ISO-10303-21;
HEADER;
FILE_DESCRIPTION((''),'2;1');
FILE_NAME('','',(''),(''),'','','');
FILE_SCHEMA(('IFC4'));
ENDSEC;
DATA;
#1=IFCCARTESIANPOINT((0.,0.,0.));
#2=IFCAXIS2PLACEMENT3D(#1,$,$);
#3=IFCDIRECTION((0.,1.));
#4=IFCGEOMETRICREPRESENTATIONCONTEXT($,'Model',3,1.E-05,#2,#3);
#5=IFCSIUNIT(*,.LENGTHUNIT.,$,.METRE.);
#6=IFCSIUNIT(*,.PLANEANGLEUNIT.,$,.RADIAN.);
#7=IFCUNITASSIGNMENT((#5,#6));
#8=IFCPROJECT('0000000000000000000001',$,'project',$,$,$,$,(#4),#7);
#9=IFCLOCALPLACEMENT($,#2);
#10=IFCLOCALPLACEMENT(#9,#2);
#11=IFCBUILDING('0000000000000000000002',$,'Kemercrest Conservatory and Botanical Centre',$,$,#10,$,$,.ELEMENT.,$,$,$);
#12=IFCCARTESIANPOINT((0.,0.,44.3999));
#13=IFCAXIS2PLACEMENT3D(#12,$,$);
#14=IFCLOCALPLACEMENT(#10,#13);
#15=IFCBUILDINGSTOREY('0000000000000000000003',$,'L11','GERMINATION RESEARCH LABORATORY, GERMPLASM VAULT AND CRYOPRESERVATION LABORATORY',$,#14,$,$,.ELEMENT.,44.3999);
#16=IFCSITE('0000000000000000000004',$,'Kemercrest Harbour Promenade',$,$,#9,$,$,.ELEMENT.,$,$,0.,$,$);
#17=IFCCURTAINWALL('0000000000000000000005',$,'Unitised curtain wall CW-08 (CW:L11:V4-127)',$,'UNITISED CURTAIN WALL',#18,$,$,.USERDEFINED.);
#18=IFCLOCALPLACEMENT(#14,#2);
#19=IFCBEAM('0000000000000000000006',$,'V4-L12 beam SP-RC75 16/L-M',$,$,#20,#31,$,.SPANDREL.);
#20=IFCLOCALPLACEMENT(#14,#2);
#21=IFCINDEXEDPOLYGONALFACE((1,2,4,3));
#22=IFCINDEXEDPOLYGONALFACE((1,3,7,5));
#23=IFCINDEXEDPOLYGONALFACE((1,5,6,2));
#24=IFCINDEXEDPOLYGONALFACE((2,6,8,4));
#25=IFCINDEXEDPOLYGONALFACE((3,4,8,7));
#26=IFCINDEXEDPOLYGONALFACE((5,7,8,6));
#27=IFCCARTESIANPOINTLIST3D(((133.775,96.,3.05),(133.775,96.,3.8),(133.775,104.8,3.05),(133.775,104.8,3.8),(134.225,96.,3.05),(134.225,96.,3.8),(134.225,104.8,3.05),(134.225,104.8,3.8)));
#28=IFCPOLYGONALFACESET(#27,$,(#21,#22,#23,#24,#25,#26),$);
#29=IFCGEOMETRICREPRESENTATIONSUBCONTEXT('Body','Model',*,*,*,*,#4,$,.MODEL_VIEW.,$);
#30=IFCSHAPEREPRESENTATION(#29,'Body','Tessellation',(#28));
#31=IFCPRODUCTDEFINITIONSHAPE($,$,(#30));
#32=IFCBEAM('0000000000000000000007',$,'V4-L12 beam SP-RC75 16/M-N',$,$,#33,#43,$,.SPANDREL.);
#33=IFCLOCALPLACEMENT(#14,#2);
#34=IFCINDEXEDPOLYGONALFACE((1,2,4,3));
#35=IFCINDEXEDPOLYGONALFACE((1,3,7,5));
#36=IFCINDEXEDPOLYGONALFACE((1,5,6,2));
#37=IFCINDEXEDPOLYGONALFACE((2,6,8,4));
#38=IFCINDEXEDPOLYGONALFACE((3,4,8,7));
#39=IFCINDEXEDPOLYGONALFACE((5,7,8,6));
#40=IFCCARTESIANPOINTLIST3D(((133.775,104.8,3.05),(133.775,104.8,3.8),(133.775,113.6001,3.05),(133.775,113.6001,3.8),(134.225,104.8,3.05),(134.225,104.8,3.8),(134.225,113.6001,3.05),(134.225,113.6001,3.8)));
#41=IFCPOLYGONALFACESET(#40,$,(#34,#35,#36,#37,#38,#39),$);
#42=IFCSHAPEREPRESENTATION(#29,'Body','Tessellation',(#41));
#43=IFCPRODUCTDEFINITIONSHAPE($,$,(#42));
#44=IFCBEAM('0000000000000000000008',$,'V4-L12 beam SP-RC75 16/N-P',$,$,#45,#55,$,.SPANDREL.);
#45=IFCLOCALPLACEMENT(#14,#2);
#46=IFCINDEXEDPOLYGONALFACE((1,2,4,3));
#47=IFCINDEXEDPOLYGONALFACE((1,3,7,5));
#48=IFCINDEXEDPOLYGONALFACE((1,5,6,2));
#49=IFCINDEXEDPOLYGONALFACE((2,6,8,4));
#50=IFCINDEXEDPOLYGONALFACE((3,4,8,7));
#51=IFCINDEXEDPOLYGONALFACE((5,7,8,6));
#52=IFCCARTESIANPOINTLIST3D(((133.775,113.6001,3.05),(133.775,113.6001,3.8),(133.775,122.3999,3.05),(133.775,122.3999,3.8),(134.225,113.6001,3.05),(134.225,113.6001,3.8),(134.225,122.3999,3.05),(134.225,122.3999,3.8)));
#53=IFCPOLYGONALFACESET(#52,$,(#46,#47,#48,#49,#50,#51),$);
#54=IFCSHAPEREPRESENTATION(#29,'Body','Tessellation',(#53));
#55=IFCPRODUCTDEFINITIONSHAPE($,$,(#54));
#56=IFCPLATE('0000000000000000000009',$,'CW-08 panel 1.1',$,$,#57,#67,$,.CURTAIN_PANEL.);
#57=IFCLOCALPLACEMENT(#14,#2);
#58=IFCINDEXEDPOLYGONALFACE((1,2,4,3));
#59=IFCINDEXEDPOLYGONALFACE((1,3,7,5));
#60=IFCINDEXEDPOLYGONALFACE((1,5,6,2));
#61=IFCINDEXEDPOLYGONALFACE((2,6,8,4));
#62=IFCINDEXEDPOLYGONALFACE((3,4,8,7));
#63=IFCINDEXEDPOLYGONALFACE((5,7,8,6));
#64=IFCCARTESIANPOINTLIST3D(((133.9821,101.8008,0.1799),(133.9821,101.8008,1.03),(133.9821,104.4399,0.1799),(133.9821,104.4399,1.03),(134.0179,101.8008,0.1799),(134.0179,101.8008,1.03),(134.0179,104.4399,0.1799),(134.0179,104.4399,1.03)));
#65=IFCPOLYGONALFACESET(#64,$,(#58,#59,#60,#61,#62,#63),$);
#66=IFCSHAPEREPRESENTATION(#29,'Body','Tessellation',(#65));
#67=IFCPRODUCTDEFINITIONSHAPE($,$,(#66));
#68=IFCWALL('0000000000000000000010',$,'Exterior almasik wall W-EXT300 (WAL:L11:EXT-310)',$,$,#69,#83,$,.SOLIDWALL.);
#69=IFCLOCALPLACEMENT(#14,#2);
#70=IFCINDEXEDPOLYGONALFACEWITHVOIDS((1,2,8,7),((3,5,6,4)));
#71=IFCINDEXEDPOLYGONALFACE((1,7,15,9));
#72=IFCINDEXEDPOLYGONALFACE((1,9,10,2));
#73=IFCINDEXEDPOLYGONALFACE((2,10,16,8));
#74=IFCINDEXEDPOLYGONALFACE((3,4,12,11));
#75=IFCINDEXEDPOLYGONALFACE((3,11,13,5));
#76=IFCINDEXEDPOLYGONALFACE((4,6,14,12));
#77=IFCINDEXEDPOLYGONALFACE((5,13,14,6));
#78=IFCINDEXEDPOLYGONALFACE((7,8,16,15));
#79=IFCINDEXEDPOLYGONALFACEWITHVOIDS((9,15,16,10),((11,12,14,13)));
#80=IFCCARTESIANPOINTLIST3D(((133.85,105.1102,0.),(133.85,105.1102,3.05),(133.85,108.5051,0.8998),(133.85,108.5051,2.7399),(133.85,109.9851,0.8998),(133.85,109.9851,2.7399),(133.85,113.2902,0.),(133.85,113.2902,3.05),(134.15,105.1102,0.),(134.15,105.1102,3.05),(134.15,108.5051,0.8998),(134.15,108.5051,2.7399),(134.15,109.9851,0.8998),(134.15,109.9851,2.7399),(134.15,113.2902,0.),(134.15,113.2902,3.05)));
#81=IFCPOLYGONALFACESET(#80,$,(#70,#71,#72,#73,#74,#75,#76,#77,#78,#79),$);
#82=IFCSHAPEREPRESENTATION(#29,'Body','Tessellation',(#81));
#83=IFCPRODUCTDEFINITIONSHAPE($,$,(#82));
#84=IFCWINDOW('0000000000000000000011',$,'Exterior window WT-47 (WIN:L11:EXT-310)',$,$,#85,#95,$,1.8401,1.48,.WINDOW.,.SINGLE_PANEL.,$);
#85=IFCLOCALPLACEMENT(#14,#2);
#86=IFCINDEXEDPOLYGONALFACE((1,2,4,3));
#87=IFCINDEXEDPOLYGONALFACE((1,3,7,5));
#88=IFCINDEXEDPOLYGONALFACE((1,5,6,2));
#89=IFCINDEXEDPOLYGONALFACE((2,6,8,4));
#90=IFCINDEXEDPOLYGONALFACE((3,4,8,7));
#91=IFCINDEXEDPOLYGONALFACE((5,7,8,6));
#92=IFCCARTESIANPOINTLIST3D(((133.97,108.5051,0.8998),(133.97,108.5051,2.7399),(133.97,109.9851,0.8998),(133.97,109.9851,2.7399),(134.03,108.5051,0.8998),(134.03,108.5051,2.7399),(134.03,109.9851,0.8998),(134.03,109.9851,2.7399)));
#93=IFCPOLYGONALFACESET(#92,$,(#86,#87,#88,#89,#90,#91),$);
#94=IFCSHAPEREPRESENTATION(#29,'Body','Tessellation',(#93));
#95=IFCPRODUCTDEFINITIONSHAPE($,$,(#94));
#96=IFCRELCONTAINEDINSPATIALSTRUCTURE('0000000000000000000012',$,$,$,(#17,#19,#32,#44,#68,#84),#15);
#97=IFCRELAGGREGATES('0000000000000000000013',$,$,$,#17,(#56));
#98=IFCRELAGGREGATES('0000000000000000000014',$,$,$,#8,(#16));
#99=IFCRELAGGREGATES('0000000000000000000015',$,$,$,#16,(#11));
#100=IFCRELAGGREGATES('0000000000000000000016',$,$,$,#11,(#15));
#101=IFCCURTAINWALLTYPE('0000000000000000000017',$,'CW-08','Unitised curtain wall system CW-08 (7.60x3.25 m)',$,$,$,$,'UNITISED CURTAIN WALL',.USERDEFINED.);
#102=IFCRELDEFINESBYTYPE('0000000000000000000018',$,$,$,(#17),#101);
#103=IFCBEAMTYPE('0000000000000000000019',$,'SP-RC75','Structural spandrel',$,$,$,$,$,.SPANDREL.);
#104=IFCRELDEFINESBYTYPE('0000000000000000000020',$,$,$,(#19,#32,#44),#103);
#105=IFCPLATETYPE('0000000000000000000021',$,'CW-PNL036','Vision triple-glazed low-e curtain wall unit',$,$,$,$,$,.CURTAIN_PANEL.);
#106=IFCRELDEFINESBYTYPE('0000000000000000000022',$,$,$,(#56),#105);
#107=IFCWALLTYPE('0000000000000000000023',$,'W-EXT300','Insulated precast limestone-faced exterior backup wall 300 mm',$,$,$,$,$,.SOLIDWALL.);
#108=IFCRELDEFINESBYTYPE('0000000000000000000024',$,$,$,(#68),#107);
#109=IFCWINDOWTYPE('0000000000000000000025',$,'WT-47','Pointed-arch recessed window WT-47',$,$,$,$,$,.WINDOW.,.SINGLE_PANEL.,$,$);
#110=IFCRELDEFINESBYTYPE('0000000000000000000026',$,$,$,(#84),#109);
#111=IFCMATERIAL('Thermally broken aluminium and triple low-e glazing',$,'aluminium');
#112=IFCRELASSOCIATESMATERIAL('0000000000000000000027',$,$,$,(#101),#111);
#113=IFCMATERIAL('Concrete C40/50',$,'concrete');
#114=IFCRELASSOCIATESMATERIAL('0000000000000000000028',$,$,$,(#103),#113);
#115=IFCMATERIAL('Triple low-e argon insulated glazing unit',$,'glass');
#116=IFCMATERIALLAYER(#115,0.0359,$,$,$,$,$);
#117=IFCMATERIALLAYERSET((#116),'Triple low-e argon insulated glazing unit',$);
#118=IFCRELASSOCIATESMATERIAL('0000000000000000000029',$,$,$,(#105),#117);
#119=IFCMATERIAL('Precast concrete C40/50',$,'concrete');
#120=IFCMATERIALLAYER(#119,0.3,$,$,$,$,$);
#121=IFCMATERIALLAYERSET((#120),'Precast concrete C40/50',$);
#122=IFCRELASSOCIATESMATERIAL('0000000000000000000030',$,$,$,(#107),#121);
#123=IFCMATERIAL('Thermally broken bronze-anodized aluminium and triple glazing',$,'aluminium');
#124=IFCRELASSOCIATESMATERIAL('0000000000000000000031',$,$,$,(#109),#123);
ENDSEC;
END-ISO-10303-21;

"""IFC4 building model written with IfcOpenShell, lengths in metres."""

from ifc_helpers import new_model, si_unit, direction, frame, frame_2d, origin, origin_2d, place, context, subcontext, project, spatial, rectangle, extrude, material, layer, layer_set, material_profile, profile_set, type_object, element, fill, aggregate, save


model = new_model("IFC4")

# Units and contexts
model_context = context("Model", 3, precision=1e-05, world=origin(), true_north=direction((0.0, 1.0)))
body_context = subcontext(model_context, "Body", "Model", "MODEL_VIEW")
ifc_project = project(units=[si_unit("LENGTHUNIT", "METRE"), si_unit("PLANEANGLEUNIT", "RADIAN")], contexts=[model_context])

# Site, building, storey
site_placement = place(None, origin())
site = spatial("IfcSite", under=ifc_project, at=site_placement, Name="Kemercrest Harbour Promenade", CompositionType="ELEMENT", RefElevation=0.0)
building_placement = place(site_placement, origin())
building = spatial("IfcBuilding", under=site, at=building_placement, Name="Kemercrest Conservatory and Botanical Centre", CompositionType="ELEMENT")
storey_placement = place(building_placement, frame((0.0, 0.0, 44.3999)))
storey = spatial("IfcBuildingStorey", under=building, at=storey_placement, Name="L11", Description="GERMINATION RESEARCH LABORATORY, GERMPLASM VAULT AND CRYOPRESERVATION LABORATORY", CompositionType="ELEMENT", Elevation=44.3999)

# Shared definitions
ifc_material_1 = material(Name="Concrete C40/50", Category="concrete")

# Curtain wall
ifc_material_2 = material(Name="Thermally broken aluminium and triple low-e glazing", Category="aluminium")
curtain_wall_type = type_object("IfcCurtainWallType", Name="CW-08", Description="Unitised curtain wall system CW-08 (7.60x3.25 m)", ElementType="UNITISED CURTAIN WALL", PredefinedType="USERDEFINED", material=ifc_material_2)
curtain_wall_placement = place(storey_placement, origin())
curtain_wall = element("IfcCurtainWall", 1, at=curtain_wall_placement, inside=storey, type_object=curtain_wall_type, Name="Unitised curtain wall CW-08 (CW:L11:V4-127)", ObjectType="UNITISED CURTAIN WALL", PredefinedType="USERDEFINED")

# Beams
ifc_material_profile_1 = material_profile(ifc_material_1, rectangle(XDim=0.45, YDim=0.75, at=origin_2d()), Name="RC 450x750")
ifc_profile_set_1 = profile_set([ifc_material_profile_1], Name="Concrete C40/50")
beam_type_1 = type_object("IfcBeamType", Name="SP-RC75", Description="Structural spandrel", PredefinedType="SPANDREL", material=ifc_profile_set_1)
for number, where, z_axis, x_axis, name in (
    (2, (134.0, 96.0, 3.425), (0.0, 1.0, 0.0), (-1.0, 0.0, 0.0), "V4-L12 beam SP-RC75 16/L-M"),
    (3, (134.0, 104.8, 3.425), (0.0, 1.0, 0.0), (-1.0, 0.0, 0.0), "V4-L12 beam SP-RC75 16/M-N"),
):
    element("IfcBeam", number, at=place(storey_placement, frame(where, z_axis=z_axis, x_axis=x_axis)), inside=storey, type_object=beam_type_1, Name=name, PredefinedType="SPANDREL", context=body_context, shape_type="SweptSolid", body=[
        extrude(rectangle(XDim=0.45, YDim=0.75, at=origin_2d()), origin(), (0.0, 0.0, 1.0), 8.8),
    ])
beam_1_placement = place(storey_placement, frame((134.0, 113.6001, 3.425), z_axis=(0.0, 1.0, 0.0), x_axis=(-1.0, 0.0, 0.0)))
element("IfcBeam", 4, at=beam_1_placement, inside=storey, type_object=beam_type_1, Name="V4-L12 beam SP-RC75 16/N-P", PredefinedType="SPANDREL", context=body_context, shape_type="SweptSolid", body=[
    extrude(rectangle(XDim=0.45, YDim=0.75, at=origin_2d()), origin(), (0.0, 0.0, 1.0), 8.7998),
])

# Plate
ifc_material_3 = material(Name="Triple low-e argon insulated glazing unit", Category="glass")
ifc_layer_1 = layer(ifc_material_3, 0.0359)
ifc_layer_set_1 = layer_set([ifc_layer_1], Name="Triple low-e argon insulated glazing unit")
plate_type = type_object("IfcPlateType", Name="CW-PNL036", Description="Vision triple-glazed low-e curtain wall unit", PredefinedType="CURTAIN_PANEL", material=ifc_layer_set_1)
plate_placement = place(storey_placement, frame((134.0, 103.1204, 0.1799), z_axis=(0.0, 0.0, 1.0), x_axis=(0.0, -1.0, 0.0)))
plate = element("IfcPlate", 5, at=plate_placement, type_object=plate_type, Name="CW-08 panel 1.1", PredefinedType="CURTAIN_PANEL", context=body_context, shape_type="SweptSolid", body=[
    extrude(rectangle(XDim=2.6392, YDim=0.0359, at=origin_2d()), origin(), (0.0, 0.0, 1.0), 0.8501),
])
aggregate(curtain_wall, [plate])

# Wall, opening, window
ifc_material_4 = material(Name="Precast concrete C40/50", Category="concrete")
ifc_layer_2 = layer(ifc_material_4, 0.3)
ifc_layer_set_2 = layer_set([ifc_layer_2], Name="Precast concrete C40/50")
wall_type = type_object("IfcWallType", Name="W-EXT300", Description="Insulated precast limestone-faced exterior backup wall 300 mm", PredefinedType="SOLIDWALL", material=ifc_layer_set_2)
wall_placement = place(storey_placement, frame((134.0, 113.29, 0.0), z_axis=(0.0, 0.0, 1.0), x_axis=(0.0, -1.0, 0.0)))
wall = element("IfcWall", 6, at=wall_placement, inside=storey, type_object=wall_type, Name="Exterior almasik wall W-EXT300 (WAL:L11:EXT-310)", PredefinedType="SOLIDWALL", context=body_context, shape_type="SweptSolid", body=[
    extrude(rectangle(XDim=8.1799, YDim=0.3, at=frame_2d((4.0898, 0.0))), origin(), (0.0, 0.0, 1.0), 3.05),
])
opening_placement = place(wall_placement, frame((3.3049, 0.0, 0.8999)))
opening = element("IfcOpeningElement", 7, at=opening_placement, cuts=wall, PredefinedType="OPENING", context=body_context, shape_type="SweptSolid", body=[
    extrude(rectangle(XDim=1.48, YDim=1.8401, at=frame_2d((0.74, 0.9199))), frame((0.0, 0.1602, 0.0), z_axis=(0.0, -1.0, 0.0), x_axis=(1.0, 0.0, 0.0)), (0.0, 0.0, 1.0), 0.3201),
])
ifc_material_5 = material(Name="Thermally broken bronze-anodized aluminium and triple glazing", Category="aluminium")
window_type = type_object("IfcWindowType", Name="WT-47", Description="Pointed-arch recessed window WT-47", PartitioningType="SINGLE_PANEL", PredefinedType="WINDOW", material=ifc_material_5)
window_placement = place(opening_placement, origin())
window = element("IfcWindow", 8, at=window_placement, inside=storey, type_object=window_type, Name="Exterior window WT-47 (WIN:L11:EXT-310)", OverallHeight=1.8401, OverallWidth=1.48, PartitioningType="SINGLE_PANEL", PredefinedType="WINDOW", context=body_context, shape_type="SweptSolid", body=[
    extrude(rectangle(XDim=1.48, YDim=1.8401, at=frame_2d((0.74, 0.9199))), frame((0.0, 0.03, 0.0), z_axis=(0.0, -1.0, 0.0), x_axis=(1.0, 0.0, 0.0)), (0.0, 0.0, 1.0), 0.0601),
])
fill(opening, window)

save(model, "model.ifc")
